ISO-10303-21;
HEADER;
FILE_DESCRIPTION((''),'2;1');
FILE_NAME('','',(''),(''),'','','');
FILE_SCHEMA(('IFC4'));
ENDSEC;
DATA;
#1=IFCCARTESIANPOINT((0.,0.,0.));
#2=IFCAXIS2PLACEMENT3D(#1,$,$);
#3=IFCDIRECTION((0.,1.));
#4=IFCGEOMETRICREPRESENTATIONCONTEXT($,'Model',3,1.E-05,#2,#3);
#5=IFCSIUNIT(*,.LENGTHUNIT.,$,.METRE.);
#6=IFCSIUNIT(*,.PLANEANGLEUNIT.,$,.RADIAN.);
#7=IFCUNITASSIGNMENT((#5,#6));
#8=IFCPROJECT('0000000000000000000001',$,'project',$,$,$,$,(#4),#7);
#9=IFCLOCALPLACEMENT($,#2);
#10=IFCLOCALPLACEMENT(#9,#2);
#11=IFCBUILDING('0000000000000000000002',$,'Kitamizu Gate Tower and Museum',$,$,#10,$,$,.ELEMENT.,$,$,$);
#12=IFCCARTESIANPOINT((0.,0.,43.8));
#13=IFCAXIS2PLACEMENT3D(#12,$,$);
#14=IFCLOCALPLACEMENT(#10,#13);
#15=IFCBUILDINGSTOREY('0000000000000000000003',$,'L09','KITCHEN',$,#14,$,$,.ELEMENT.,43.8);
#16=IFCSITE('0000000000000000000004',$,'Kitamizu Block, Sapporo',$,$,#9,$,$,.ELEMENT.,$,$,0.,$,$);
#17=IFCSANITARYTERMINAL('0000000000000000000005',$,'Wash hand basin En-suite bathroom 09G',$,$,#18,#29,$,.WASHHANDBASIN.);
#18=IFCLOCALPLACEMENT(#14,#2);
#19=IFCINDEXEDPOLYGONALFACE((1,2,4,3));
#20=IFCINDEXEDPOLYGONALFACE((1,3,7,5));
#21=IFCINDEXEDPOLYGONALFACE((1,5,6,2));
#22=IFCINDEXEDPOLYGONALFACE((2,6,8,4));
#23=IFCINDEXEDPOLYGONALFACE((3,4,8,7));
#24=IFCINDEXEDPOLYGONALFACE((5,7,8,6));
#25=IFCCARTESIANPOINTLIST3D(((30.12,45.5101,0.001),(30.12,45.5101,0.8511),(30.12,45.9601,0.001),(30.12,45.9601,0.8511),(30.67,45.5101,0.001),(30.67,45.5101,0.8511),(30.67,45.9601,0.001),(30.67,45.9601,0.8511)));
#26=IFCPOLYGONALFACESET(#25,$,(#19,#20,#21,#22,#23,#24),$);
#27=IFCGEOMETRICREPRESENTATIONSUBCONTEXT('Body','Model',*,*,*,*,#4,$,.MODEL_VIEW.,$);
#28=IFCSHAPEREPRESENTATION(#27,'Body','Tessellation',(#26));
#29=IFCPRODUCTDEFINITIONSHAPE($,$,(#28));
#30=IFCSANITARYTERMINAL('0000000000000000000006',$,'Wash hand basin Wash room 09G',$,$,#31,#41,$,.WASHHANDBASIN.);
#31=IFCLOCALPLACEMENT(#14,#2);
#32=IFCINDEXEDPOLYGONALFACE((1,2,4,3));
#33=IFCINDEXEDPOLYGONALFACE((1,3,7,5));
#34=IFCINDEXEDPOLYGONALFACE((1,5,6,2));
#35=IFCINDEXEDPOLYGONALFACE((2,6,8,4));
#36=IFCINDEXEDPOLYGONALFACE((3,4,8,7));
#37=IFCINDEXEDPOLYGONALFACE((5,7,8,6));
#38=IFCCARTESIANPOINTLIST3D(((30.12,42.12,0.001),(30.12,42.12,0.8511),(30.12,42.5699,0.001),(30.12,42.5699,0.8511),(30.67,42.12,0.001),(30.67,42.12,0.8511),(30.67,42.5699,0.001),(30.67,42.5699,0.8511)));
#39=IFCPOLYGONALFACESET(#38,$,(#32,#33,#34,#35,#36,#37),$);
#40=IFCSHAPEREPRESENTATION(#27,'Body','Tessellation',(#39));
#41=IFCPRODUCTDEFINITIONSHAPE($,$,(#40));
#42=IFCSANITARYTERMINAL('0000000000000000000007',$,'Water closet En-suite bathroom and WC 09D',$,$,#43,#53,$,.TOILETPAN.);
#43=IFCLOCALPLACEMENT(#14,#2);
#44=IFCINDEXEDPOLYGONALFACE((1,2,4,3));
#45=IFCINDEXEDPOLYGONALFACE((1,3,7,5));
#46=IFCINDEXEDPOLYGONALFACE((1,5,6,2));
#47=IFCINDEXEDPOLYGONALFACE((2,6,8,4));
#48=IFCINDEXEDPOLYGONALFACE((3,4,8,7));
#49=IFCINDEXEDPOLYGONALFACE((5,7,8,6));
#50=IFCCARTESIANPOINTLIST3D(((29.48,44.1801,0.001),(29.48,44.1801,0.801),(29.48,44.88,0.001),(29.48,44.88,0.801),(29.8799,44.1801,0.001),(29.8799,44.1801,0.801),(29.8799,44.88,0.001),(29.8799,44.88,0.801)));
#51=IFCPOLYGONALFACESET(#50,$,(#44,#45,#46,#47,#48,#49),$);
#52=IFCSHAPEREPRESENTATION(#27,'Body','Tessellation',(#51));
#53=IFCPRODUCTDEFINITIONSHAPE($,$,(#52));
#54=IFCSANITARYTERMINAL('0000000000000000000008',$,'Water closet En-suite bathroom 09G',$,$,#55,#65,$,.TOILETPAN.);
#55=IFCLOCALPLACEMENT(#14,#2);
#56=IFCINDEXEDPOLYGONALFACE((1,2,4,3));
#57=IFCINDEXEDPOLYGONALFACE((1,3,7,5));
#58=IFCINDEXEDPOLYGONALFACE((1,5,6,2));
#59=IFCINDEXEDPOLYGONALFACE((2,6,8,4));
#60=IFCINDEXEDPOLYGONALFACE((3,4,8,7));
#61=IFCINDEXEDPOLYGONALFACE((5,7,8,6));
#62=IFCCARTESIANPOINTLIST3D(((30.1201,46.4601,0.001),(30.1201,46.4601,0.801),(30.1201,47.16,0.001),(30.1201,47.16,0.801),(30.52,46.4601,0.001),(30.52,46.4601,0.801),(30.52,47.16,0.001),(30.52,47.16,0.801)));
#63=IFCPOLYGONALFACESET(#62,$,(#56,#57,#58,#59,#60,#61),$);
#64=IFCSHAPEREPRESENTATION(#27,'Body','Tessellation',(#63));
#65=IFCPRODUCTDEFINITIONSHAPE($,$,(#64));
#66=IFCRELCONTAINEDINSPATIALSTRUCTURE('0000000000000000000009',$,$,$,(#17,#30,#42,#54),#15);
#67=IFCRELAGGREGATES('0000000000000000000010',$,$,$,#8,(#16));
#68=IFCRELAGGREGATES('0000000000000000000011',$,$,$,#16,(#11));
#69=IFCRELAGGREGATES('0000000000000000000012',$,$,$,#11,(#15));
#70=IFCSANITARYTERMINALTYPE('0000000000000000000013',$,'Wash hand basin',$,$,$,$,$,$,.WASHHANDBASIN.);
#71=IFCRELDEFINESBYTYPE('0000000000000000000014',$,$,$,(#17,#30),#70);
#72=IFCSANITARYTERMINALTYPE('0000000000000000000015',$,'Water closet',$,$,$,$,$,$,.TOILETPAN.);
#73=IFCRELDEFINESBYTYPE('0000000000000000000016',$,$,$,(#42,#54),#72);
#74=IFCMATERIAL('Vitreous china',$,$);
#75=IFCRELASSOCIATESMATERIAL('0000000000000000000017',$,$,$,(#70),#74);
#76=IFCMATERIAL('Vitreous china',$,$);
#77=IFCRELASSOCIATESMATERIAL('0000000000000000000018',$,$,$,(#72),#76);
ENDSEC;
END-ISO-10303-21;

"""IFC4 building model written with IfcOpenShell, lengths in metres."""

from ifc_helpers import new_model, si_unit, direction, frame, origin, origin_2d, place, context, subcontext, project, spatial, rectangle, extrude, material, type_object, element, save


model = new_model("IFC4")

# Units and contexts
model_context = context("Model", 3, precision=1e-05, world=origin(), true_north=direction((0.0, 1.0)))
body_context = subcontext(model_context, "Body", "Model", "MODEL_VIEW")
ifc_project = project(units=[si_unit("LENGTHUNIT", "METRE"), si_unit("PLANEANGLEUNIT", "RADIAN")], contexts=[model_context])

# Site, building, storey
site_placement = place(None, origin())
site = spatial("IfcSite", under=ifc_project, at=site_placement, Name="Kitamizu Block, Sapporo", CompositionType="ELEMENT", RefElevation=0.0)
building_placement = place(site_placement, origin())
building = spatial("IfcBuilding", under=site, at=building_placement, Name="Kitamizu Gate Tower and Museum", CompositionType="ELEMENT")
storey_placement = place(building_placement, frame((0.0, 0.0, 43.8)))
storey = spatial("IfcBuildingStorey", under=building, at=storey_placement, Name="L09", Description="KITCHEN", CompositionType="ELEMENT", Elevation=43.8)

# Sanitary terminals
ifc_material_1 = material(Name="Vitreous china")
sanitary_terminal_type_1 = type_object("IfcSanitaryTerminalType", Name="Wash hand basin", PredefinedType="WASHHANDBASIN", material=ifc_material_1)
for number, where, z_axis, x_axis, name in (
    (1, (30.395, 45.7351, 0.001), (0.0, 0.0, 1.0), (1.0, 0.0, 0.0), "Wash hand basin En-suite bathroom 09G"),
    (2, (30.395, 42.345, 0.001), (0.0, 0.0, 1.0), (1.0, 0.0, 0.0), "Wash hand basin Wash room 09G"),
):
    element("IfcSanitaryTerminal", number, at=place(storey_placement, frame(where, z_axis=z_axis, x_axis=x_axis)), inside=storey, type_object=sanitary_terminal_type_1, Name=name, PredefinedType="WASHHANDBASIN", context=body_context, shape_type="SweptSolid", body=[
        extrude(rectangle(XDim=0.55, YDim=0.45, at=origin_2d()), origin(), (0.0, 0.0, 1.0), 0.8501),
    ])
ifc_material_2 = material(Name="Vitreous china")
sanitary_terminal_type_2 = type_object("IfcSanitaryTerminalType", Name="Water closet", PredefinedType="TOILETPAN", material=ifc_material_2)
for number, where, z_axis, x_axis, name in (
    (3, (29.6799, 44.53, 0.001), (0.0, 0.0, 1.0), (1.0, 0.0, 0.0), "Water closet En-suite bathroom and WC 09D"),
    (4, (30.3201, 46.8101, 0.001), (0.0, 0.0, 1.0), (1.0, 0.0, 0.0), "Water closet En-suite bathroom 09G"),
):
    element("IfcSanitaryTerminal", number, at=place(storey_placement, frame(where, z_axis=z_axis, x_axis=x_axis)), inside=storey, type_object=sanitary_terminal_type_2, Name=name, PredefinedType="TOILETPAN", context=body_context, shape_type="SweptSolid", body=[
        extrude(rectangle(XDim=0.3999, YDim=0.7, at=origin_2d()), origin(), (0.0, 0.0, 1.0), 0.8),
    ])

save(model, "model.ifc")
